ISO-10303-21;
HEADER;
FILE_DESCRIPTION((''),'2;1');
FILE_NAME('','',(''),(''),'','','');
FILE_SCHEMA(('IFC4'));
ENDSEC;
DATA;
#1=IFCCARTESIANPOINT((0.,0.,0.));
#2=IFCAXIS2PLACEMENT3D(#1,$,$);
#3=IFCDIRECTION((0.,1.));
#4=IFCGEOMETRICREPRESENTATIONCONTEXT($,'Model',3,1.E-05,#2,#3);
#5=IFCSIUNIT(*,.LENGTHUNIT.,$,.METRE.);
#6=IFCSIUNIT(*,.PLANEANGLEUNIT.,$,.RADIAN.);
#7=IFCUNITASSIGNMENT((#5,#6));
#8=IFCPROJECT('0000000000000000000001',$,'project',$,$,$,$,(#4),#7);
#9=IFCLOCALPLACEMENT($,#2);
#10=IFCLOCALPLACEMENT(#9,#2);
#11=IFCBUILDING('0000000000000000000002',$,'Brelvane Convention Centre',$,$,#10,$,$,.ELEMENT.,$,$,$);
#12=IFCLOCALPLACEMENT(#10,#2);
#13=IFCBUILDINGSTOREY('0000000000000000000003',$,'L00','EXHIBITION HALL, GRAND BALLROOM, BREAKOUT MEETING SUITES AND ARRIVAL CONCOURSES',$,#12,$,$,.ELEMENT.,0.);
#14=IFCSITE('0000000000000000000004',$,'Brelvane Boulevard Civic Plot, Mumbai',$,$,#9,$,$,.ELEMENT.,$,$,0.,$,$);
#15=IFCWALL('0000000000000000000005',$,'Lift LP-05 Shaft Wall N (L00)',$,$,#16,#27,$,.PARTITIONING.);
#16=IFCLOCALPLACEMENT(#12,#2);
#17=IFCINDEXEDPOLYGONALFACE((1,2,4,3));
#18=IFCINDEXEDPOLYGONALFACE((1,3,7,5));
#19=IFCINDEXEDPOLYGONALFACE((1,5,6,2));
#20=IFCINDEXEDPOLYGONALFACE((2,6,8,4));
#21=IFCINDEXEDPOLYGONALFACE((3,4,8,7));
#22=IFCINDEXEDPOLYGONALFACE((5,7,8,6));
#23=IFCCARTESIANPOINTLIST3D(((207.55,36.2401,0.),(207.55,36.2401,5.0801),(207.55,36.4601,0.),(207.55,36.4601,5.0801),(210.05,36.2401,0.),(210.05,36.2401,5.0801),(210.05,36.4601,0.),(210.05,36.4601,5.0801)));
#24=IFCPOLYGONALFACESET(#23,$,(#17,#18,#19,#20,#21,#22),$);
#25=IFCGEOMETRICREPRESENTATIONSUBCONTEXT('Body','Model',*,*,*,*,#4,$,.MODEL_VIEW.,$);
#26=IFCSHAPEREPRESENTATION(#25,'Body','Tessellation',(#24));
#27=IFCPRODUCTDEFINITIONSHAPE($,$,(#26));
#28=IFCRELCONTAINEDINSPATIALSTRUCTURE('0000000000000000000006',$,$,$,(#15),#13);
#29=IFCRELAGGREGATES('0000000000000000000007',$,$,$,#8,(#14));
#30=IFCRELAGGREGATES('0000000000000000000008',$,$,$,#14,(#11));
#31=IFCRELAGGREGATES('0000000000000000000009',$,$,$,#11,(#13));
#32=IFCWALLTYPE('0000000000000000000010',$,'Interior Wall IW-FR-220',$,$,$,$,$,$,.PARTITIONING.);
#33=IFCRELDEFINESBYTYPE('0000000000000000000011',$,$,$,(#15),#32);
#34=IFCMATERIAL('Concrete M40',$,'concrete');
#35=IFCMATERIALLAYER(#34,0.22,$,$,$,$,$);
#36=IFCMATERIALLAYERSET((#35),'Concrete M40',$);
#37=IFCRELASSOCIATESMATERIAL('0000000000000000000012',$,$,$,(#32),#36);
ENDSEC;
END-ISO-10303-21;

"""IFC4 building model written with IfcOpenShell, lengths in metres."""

from ifc_helpers import new_model, si_unit, direction, frame, frame_2d, origin, place, context, subcontext, project, spatial, rectangle, extrude, material, layer, layer_set, type_object, element, save


model = new_model("IFC4")

# Units and contexts
model_context = context("Model", 3, precision=1e-05, world=origin(), true_north=direction((0.0, 1.0)))
body_context = subcontext(model_context, "Body", "Model", "MODEL_VIEW")
ifc_project = project(units=[si_unit("LENGTHUNIT", "METRE"), si_unit("PLANEANGLEUNIT", "RADIAN")], contexts=[model_context])

# Site, building, storey
site_placement = place(None, origin())
site = spatial("IfcSite", under=ifc_project, at=site_placement, Name="Brelvane Boulevard Civic Plot, Mumbai", CompositionType="ELEMENT", RefElevation=0.0)
building_placement = place(site_placement, origin())
building = spatial("IfcBuilding", under=site, at=building_placement, Name="Brelvane Convention Centre", CompositionType="ELEMENT")
storey_placement = place(building_placement, origin())
storey = spatial("IfcBuildingStorey", under=building, at=storey_placement, Name="L00", Description="EXHIBITION HALL, GRAND BALLROOM, BREAKOUT MEETING SUITES AND ARRIVAL CONCOURSES", CompositionType="ELEMENT", Elevation=0.0)

# Wall
ifc_material_1 = material(Name="Concrete M40", Category="concrete")
ifc_layer = layer(ifc_material_1, 0.22)
ifc_layer_set = layer_set([ifc_layer], Name="Concrete M40")
wall_type = type_object("IfcWallType", Name="Interior Wall IW-FR-220", PredefinedType="PARTITIONING", material=ifc_layer_set)
wall_placement = place(storey_placement, frame((207.55, 36.3501, 0.0), z_axis=(0.0, 0.0, 1.0), x_axis=(1.0, 0.0, 0.0)))
element("IfcWall", 1, at=wall_placement, inside=storey, type_object=wall_type, Name="Lift LP-05 Shaft Wall N (L00)", PredefinedType="PARTITIONING", context=body_context, shape_type="SweptSolid", body=[
    extrude(rectangle(XDim=2.5, YDim=0.22, at=frame_2d((1.25, 0.0))), origin(), (0.0, 0.0, 1.0), 5.0801),
])

save(model, "model.ifc")
